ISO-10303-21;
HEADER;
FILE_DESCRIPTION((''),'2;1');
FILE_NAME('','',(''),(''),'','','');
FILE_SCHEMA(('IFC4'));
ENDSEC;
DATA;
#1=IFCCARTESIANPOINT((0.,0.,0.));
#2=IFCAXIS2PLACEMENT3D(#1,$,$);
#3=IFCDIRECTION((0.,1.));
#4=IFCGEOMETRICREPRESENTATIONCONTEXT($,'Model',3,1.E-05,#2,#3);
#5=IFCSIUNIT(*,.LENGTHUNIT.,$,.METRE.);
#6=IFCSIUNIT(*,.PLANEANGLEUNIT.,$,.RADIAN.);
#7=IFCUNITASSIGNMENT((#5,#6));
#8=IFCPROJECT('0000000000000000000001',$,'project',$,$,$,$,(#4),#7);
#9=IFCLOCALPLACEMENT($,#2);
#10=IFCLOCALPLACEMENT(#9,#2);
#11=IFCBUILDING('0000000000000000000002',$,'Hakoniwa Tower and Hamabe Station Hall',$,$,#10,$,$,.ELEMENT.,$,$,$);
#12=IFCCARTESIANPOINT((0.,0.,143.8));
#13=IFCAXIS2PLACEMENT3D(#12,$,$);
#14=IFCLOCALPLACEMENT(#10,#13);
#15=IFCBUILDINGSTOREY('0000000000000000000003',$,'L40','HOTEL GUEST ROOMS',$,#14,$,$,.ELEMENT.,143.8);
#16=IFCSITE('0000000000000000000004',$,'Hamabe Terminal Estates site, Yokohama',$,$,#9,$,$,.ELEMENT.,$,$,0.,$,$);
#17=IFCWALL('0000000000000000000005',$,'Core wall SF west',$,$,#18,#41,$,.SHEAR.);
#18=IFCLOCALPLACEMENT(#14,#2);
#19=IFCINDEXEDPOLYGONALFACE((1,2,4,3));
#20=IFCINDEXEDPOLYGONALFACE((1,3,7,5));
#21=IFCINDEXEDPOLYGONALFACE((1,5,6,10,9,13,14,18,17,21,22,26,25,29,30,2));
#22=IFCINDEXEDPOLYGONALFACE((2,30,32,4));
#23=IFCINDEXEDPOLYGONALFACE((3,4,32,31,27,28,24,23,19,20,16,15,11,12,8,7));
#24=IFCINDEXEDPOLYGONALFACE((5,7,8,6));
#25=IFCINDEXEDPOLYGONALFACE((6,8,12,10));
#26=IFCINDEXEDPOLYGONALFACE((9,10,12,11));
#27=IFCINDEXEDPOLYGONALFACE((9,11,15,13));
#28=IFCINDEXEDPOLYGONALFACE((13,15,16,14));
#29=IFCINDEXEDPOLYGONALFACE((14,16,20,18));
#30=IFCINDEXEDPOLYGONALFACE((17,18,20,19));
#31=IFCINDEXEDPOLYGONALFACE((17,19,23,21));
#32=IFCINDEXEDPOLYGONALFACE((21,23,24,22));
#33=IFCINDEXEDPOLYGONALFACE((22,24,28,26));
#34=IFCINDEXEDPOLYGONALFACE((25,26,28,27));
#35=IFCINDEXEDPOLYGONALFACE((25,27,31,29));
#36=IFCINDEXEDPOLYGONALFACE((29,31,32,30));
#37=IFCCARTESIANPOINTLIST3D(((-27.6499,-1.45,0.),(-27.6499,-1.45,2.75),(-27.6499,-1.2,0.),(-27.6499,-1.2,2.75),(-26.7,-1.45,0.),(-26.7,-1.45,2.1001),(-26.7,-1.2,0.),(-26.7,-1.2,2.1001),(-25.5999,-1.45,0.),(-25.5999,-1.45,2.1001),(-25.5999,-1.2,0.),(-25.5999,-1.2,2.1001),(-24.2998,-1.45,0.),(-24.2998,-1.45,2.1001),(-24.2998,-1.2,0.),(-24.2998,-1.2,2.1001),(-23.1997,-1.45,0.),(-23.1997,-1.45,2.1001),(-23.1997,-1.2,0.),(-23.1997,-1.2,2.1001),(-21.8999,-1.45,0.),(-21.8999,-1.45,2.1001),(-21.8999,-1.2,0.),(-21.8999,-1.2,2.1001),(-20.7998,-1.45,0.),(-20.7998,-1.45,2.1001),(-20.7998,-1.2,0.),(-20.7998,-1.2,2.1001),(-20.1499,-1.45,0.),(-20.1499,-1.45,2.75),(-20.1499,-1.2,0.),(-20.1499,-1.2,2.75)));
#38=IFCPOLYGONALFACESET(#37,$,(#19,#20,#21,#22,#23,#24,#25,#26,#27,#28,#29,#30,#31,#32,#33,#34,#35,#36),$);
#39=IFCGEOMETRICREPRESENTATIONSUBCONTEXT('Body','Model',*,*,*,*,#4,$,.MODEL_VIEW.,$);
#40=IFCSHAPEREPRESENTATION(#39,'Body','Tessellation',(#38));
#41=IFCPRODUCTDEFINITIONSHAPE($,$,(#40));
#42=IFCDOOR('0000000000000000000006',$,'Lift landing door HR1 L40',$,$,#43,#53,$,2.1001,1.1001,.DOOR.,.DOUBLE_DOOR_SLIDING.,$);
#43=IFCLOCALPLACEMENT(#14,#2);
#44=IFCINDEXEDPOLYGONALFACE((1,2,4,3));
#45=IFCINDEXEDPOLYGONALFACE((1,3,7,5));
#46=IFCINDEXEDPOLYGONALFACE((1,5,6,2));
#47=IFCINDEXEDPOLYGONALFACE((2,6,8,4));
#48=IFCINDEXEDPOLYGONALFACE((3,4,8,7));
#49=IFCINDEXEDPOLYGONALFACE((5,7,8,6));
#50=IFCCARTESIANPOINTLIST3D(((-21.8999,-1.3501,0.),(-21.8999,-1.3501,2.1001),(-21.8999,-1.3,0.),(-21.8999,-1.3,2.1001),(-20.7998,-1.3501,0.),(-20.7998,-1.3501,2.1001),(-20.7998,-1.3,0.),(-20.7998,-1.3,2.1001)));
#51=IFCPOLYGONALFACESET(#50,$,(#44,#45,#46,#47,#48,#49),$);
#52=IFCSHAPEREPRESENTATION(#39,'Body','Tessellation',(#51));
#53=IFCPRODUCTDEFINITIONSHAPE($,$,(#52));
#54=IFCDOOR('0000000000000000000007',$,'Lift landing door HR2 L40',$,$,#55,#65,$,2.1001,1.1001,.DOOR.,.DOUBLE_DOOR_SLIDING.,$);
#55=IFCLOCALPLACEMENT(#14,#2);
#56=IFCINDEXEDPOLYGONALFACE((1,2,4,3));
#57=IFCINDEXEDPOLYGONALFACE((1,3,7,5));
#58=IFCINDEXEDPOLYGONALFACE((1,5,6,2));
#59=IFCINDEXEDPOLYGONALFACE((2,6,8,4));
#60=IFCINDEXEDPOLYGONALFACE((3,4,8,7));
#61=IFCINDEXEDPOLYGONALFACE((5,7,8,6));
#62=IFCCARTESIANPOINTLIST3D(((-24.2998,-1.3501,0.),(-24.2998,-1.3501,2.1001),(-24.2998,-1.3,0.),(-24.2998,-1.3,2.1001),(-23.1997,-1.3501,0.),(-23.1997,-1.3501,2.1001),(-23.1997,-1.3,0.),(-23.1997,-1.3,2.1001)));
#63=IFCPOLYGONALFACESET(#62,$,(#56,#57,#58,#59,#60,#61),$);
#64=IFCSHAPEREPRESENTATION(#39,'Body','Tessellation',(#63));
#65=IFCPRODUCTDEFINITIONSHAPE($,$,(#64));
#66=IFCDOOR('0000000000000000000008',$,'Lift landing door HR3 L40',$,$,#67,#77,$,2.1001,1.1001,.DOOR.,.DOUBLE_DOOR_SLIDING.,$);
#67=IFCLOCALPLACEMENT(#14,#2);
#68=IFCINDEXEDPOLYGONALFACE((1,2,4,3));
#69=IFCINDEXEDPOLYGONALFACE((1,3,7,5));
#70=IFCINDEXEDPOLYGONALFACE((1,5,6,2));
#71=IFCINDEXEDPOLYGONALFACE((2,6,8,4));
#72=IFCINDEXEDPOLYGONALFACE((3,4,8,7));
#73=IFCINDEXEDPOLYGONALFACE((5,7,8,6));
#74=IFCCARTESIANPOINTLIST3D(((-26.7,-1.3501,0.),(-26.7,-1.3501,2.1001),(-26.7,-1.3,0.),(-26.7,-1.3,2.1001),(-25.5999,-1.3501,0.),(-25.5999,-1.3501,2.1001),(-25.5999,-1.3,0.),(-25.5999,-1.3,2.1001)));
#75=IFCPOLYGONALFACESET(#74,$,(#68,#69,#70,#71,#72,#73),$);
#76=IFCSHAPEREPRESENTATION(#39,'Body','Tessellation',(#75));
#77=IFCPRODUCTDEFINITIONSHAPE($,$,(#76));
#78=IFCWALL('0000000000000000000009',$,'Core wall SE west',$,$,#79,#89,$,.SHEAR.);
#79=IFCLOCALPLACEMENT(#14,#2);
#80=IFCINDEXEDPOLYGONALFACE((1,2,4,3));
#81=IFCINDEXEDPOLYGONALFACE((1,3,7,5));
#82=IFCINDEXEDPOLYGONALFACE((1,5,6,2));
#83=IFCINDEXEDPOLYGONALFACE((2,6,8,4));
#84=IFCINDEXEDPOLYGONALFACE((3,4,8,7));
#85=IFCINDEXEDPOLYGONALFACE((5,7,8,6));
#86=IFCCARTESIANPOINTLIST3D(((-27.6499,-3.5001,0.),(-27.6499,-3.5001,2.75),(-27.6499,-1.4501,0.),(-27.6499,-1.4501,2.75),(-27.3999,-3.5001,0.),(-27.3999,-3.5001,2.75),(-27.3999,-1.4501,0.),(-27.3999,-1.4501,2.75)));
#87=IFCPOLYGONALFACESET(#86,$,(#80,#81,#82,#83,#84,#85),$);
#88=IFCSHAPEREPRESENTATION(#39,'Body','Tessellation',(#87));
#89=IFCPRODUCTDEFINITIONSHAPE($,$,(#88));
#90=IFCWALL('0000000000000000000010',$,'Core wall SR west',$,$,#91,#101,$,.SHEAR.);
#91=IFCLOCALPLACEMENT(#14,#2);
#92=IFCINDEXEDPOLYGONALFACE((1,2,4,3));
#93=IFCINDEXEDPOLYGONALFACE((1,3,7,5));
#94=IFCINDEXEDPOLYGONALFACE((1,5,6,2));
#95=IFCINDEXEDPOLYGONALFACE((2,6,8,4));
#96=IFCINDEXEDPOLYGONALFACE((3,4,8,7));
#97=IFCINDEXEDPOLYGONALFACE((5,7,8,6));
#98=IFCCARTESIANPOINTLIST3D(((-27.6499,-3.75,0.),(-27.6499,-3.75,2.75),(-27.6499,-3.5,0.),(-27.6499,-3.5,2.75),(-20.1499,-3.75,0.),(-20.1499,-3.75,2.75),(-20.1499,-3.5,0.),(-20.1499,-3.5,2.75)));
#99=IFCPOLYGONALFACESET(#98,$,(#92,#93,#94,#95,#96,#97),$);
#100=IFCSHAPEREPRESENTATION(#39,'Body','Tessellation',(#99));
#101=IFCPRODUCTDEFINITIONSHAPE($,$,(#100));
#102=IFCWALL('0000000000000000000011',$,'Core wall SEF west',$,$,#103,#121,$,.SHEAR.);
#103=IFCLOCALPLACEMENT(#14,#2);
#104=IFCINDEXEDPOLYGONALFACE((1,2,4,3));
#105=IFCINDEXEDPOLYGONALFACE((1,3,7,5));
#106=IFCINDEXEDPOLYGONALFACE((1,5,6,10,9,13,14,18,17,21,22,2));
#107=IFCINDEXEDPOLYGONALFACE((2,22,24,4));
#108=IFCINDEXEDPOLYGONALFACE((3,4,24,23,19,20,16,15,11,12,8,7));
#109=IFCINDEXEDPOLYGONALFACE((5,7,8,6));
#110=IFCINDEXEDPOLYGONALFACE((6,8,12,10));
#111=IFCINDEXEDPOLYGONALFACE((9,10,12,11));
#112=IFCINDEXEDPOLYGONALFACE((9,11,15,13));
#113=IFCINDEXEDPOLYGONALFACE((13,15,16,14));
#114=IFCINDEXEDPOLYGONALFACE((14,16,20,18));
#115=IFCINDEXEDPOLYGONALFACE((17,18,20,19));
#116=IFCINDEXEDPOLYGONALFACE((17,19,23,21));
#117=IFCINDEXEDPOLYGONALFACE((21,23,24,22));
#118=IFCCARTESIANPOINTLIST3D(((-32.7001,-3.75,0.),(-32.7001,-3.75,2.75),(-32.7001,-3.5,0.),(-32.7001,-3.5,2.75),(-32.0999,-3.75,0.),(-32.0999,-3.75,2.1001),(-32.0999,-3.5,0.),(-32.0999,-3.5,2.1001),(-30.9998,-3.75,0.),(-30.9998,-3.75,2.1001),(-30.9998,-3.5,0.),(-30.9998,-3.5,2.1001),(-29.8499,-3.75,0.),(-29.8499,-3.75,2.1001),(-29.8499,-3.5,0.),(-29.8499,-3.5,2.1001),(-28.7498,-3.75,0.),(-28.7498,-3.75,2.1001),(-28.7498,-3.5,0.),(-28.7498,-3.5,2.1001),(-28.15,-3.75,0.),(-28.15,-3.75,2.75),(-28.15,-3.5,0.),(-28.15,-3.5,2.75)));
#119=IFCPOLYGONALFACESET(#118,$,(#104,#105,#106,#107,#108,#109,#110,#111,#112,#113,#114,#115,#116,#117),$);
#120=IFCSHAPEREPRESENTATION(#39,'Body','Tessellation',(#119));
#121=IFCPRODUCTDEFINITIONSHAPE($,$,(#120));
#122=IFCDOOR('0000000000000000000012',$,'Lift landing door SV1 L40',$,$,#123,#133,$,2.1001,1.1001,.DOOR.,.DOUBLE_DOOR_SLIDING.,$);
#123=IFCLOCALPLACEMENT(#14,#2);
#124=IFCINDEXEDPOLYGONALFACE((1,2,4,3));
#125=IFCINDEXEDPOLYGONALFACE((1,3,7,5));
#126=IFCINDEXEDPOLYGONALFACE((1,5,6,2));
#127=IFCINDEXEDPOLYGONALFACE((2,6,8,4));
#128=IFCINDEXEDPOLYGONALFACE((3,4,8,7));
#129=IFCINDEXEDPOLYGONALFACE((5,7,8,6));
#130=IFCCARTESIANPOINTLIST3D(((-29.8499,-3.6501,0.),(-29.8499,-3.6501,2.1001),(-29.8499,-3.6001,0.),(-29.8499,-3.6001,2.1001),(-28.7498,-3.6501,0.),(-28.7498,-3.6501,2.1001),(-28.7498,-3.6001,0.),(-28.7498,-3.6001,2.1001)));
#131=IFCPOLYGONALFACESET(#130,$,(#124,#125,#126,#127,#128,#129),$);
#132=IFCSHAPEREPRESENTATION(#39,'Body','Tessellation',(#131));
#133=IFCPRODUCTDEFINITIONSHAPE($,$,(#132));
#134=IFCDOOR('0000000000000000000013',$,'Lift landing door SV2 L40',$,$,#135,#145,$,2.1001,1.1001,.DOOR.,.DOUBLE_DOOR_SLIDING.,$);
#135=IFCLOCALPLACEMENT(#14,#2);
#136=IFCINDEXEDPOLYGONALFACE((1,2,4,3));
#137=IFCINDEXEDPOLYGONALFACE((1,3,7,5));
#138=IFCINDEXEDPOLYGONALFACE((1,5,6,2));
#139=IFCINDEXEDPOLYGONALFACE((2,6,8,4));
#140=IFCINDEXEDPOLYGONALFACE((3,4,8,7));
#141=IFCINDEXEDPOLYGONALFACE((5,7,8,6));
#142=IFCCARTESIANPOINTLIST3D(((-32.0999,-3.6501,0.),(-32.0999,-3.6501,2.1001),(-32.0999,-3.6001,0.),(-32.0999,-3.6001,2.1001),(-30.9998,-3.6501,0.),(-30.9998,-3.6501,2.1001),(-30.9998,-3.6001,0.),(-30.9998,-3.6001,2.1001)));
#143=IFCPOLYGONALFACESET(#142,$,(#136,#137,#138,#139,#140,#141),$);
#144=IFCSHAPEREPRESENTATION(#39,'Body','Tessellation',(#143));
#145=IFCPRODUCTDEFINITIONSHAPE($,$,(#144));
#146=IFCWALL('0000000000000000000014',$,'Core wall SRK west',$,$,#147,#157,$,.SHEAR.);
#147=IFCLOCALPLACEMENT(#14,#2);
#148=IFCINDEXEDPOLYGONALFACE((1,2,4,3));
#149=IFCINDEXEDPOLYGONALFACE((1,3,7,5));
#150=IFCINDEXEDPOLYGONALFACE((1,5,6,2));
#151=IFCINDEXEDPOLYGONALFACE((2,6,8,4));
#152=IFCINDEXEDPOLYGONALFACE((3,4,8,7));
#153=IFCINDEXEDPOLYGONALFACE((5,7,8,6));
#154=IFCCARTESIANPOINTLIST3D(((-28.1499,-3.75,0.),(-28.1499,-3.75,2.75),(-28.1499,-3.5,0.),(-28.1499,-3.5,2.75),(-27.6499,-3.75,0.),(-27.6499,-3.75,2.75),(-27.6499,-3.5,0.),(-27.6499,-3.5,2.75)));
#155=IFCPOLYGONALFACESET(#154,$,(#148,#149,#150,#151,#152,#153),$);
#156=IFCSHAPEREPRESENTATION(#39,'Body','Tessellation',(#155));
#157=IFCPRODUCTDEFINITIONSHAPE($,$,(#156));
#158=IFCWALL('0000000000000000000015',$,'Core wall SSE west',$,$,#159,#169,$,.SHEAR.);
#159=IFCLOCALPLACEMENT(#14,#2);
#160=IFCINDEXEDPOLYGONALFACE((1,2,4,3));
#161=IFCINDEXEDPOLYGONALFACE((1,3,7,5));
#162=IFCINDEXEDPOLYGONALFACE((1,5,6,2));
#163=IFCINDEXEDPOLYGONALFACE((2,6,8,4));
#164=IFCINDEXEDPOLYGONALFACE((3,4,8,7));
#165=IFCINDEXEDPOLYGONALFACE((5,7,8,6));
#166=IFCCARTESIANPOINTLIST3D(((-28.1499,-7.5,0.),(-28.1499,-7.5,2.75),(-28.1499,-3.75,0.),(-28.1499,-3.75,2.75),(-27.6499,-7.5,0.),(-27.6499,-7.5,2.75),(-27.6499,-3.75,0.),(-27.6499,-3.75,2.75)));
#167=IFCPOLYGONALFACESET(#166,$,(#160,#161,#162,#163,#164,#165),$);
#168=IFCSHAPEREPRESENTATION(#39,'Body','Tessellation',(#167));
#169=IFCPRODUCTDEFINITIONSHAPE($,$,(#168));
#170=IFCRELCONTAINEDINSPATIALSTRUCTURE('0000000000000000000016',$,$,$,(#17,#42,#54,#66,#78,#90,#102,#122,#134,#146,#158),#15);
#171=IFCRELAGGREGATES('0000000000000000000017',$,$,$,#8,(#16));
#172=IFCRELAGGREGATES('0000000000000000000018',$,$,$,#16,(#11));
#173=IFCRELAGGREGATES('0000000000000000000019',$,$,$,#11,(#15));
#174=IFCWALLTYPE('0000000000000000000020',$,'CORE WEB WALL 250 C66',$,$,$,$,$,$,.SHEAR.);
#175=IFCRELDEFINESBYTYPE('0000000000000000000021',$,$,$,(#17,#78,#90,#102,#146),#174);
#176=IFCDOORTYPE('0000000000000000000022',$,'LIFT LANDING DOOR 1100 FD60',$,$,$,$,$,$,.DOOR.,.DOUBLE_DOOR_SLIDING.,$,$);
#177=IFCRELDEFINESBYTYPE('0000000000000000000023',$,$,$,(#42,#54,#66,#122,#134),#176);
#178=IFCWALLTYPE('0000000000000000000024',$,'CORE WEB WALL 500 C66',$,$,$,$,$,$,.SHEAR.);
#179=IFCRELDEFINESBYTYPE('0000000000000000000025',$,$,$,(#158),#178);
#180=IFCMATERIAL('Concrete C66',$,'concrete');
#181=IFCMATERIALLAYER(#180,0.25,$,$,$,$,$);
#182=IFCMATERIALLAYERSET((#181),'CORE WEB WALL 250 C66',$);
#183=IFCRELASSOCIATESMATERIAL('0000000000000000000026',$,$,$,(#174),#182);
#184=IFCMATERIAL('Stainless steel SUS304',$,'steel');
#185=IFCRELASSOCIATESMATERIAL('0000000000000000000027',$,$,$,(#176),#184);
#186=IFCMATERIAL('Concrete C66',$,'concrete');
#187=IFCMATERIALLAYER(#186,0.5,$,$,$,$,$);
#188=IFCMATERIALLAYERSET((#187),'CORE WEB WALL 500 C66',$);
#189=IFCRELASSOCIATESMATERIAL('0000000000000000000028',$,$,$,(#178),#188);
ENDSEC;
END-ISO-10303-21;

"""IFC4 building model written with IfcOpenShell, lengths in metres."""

from ifc_helpers import new_model, si_unit, direction, frame, frame_2d, origin, place, context, subcontext, project, spatial, rectangle, extrude, material, layer, layer_set, type_object, element, fill, save


model = new_model("IFC4")

# Units and contexts
model_context = context("Model", 3, precision=1e-05, world=origin(), true_north=direction((0.0, 1.0)))
body_context = subcontext(model_context, "Body", "Model", "MODEL_VIEW")
ifc_project = project(units=[si_unit("LENGTHUNIT", "METRE"), si_unit("PLANEANGLEUNIT", "RADIAN")], contexts=[model_context])

# Site, building, storey
site_placement = place(None, origin())
site = spatial("IfcSite", under=ifc_project, at=site_placement, Name="Hamabe Terminal Estates site, Yokohama", CompositionType="ELEMENT", RefElevation=0.0)
building_placement = place(site_placement, origin())
building = spatial("IfcBuilding", under=site, at=building_placement, Name="Hakoniwa Tower and Hamabe Station Hall", CompositionType="ELEMENT")
storey_placement = place(building_placement, frame((0.0, 0.0, 143.8)))
storey = spatial("IfcBuildingStorey", under=building, at=storey_placement, Name="L40", Description="HOTEL GUEST ROOMS", CompositionType="ELEMENT", Elevation=143.8)

# Wall, openings, doors
ifc_material_1 = material(Name="Concrete C66", Category="concrete")
ifc_layer_1 = layer(ifc_material_1, 0.25)
ifc_layer_set_1 = layer_set([ifc_layer_1], Name="CORE WEB WALL 250 C66")
wall_type_1 = type_object("IfcWallType", Name="CORE WEB WALL 250 C66", PredefinedType="SHEAR", material=ifc_layer_set_1)
wall_1_placement = place(storey_placement, frame((-27.6499, -1.325, 0.0), z_axis=(0.0, 0.0, 1.0), x_axis=(1.0, 0.0, 0.0)))
wall_1 = element("IfcWall", 1, at=wall_1_placement, inside=storey, type_object=wall_type_1, Name="Core wall SF west", PredefinedType="SHEAR", context=body_context, shape_type="SweptSolid", body=[
    extrude(rectangle(XDim=7.5, YDim=0.25, at=frame_2d((3.75, 0.0))), origin(), (0.0, 0.0, 1.0), 2.75),
])
opening_1_placement = place(wall_1_placement, frame((5.75, 0.0, 0.0)))
opening_1 = element("IfcOpeningElement", 2, at=opening_1_placement, cuts=wall_1, PredefinedType="OPENING", context=body_context, shape_type="SweptSolid", body=[
    extrude(rectangle(XDim=1.1001, YDim=2.1001, at=frame_2d((0.55, 1.05))), frame((0.0, 0.135, 0.0), z_axis=(0.0, -1.0, 0.0), x_axis=(1.0, 0.0, 0.0)), (0.0, 0.0, 1.0), 0.27),
])
opening_2_placement = place(wall_1_placement, frame((3.3501, 0.0, 0.0)))
opening_2 = element("IfcOpeningElement", 3, at=opening_2_placement, cuts=wall_1, PredefinedType="OPENING", context=body_context, shape_type="SweptSolid", body=[
    extrude(rectangle(XDim=1.1001, YDim=2.1001, at=frame_2d((0.55, 1.05))), frame((0.0, 0.135, 0.0), z_axis=(0.0, -1.0, 0.0), x_axis=(1.0, 0.0, 0.0)), (0.0, 0.0, 1.0), 0.27),
])
opening_3_placement = place(wall_1_placement, frame((0.95, 0.0, 0.0)))
opening_3 = element("IfcOpeningElement", 4, at=opening_3_placement, cuts=wall_1, PredefinedType="OPENING", context=body_context, shape_type="SweptSolid", body=[
    extrude(rectangle(XDim=1.1001, YDim=2.1001, at=frame_2d((0.55, 1.05))), frame((0.0, 0.135, 0.0), z_axis=(0.0, -1.0, 0.0), x_axis=(1.0, 0.0, 0.0)), (0.0, 0.0, 1.0), 0.27),
])
ifc_material_2 = material(Name="Stainless steel SUS304", Category="steel")
door_type_1 = type_object("IfcDoorType", Name="LIFT LANDING DOOR 1100 FD60", OperationType="DOUBLE_DOOR_SLIDING", PredefinedType="DOOR", material=ifc_material_2)
door_1_placement = place(opening_1_placement, origin())
door_1 = element("IfcDoor", 5, at=door_1_placement, inside=storey, type_object=door_type_1, Name="Lift landing door HR1 L40", OperationType="DOUBLE_DOOR_SLIDING", OverallHeight=2.1001, OverallWidth=1.1001, PredefinedType="DOOR", context=body_context, shape_type="SweptSolid", body=[
    extrude(rectangle(XDim=1.1001, YDim=2.1001, at=frame_2d((0.55, 1.05))), frame((0.0, 0.0249, 0.0), z_axis=(0.0, -1.0, 0.0), x_axis=(1.0, 0.0, 0.0)), (0.0, 0.0, 1.0), 0.05),
])
fill(opening_1, door_1)
door_2_placement = place(opening_2_placement, origin())
door_2 = element("IfcDoor", 6, at=door_2_placement, inside=storey, type_object=door_type_1, Name="Lift landing door HR2 L40", OperationType="DOUBLE_DOOR_SLIDING", OverallHeight=2.1001, OverallWidth=1.1001, PredefinedType="DOOR", context=body_context, shape_type="SweptSolid", body=[
    extrude(rectangle(XDim=1.1001, YDim=2.1001, at=frame_2d((0.55, 1.05))), frame((0.0, 0.0249, 0.0), z_axis=(0.0, -1.0, 0.0), x_axis=(1.0, 0.0, 0.0)), (0.0, 0.0, 1.0), 0.05),
])
fill(opening_2, door_2)
door_3_placement = place(opening_3_placement, origin())
door_3 = element("IfcDoor", 7, at=door_3_placement, inside=storey, type_object=door_type_1, Name="Lift landing door HR3 L40", OperationType="DOUBLE_DOOR_SLIDING", OverallHeight=2.1001, OverallWidth=1.1001, PredefinedType="DOOR", context=body_context, shape_type="SweptSolid", body=[
    extrude(rectangle(XDim=1.1001, YDim=2.1001, at=frame_2d((0.55, 1.05))), frame((0.0, 0.0249, 0.0), z_axis=(0.0, -1.0, 0.0), x_axis=(1.0, 0.0, 0.0)), (0.0, 0.0, 1.0), 0.05),
])
fill(opening_3, door_3)

# Walls
wall_2_placement = place(storey_placement, frame((-27.5249, -3.5, 0.0), z_axis=(0.0, 0.0, 1.0), x_axis=(0.0, 1.0, 0.0)))
element("IfcWall", 8, at=wall_2_placement, inside=storey, type_object=wall_type_1, Name="Core wall SE west", PredefinedType="SHEAR", context=body_context, shape_type="SweptSolid", body=[
    extrude(rectangle(XDim=2.05, YDim=0.25, at=frame_2d((1.0249, 0.0))), origin(), (0.0, 0.0, 1.0), 2.75),
])
wall_3_placement = place(storey_placement, frame((-27.6499, -3.625, 0.0), z_axis=(0.0, 0.0, 1.0), x_axis=(1.0, 0.0, 0.0)))
element("IfcWall", 9, at=wall_3_placement, inside=storey, type_object=wall_type_1, Name="Core wall SR west", PredefinedType="SHEAR", context=body_context, shape_type="SweptSolid", body=[
    extrude(rectangle(XDim=7.5, YDim=0.25, at=frame_2d((3.75, 0.0))), origin(), (0.0, 0.0, 1.0), 2.75),
])

# Wall, openings, doors
wall_4_placement = place(storey_placement, frame((-32.7, -3.625, 0.0), z_axis=(0.0, 0.0, 1.0), x_axis=(1.0, 0.0, 0.0)))
wall_4 = element("IfcWall", 10, at=wall_4_placement, inside=storey, type_object=wall_type_1, Name="Core wall SEF west", PredefinedType="SHEAR", context=body_context, shape_type="SweptSolid", body=[
    extrude(rectangle(XDim=4.55, YDim=0.25, at=frame_2d((2.2749, 0.0))), origin(), (0.0, 0.0, 1.0), 2.75),
])
opening_4_placement = place(wall_4_placement, frame((2.8501, 0.0, 0.0)))
opening_4 = element("IfcOpeningElement", 11, at=opening_4_placement, cuts=wall_4, PredefinedType="OPENING", context=body_context, shape_type="SweptSolid", body=[
    extrude(rectangle(XDim=1.1001, YDim=2.1001, at=frame_2d((0.55, 1.05))), frame((0.0, 0.135, 0.0), z_axis=(0.0, -1.0, 0.0), x_axis=(1.0, 0.0, 0.0)), (0.0, 0.0, 1.0), 0.27),
])
opening_5_placement = place(wall_4_placement, frame((0.6001, 0.0, 0.0)))
opening_5 = element("IfcOpeningElement", 12, at=opening_5_placement, cuts=wall_4, PredefinedType="OPENING", context=body_context, shape_type="SweptSolid", body=[
    extrude(rectangle(XDim=1.1001, YDim=2.1001, at=frame_2d((0.55, 1.05))), frame((0.0, 0.135, 0.0), z_axis=(0.0, -1.0, 0.0), x_axis=(1.0, 0.0, 0.0)), (0.0, 0.0, 1.0), 0.27),
])
door_4_placement = place(opening_4_placement, origin())
door_4 = element("IfcDoor", 13, at=door_4_placement, inside=storey, type_object=door_type_1, Name="Lift landing door SV1 L40", OperationType="DOUBLE_DOOR_SLIDING", OverallHeight=2.1001, OverallWidth=1.1001, PredefinedType="DOOR", context=body_context, shape_type="SweptSolid", body=[
    extrude(rectangle(XDim=1.1001, YDim=2.1001, at=frame_2d((0.55, 1.05))), frame((0.0, 0.0249, 0.0), z_axis=(0.0, -1.0, 0.0), x_axis=(1.0, 0.0, 0.0)), (0.0, 0.0, 1.0), 0.05),
])
fill(opening_4, door_4)
door_5_placement = place(opening_5_placement, origin())
door_5 = element("IfcDoor", 14, at=door_5_placement, inside=storey, type_object=door_type_1, Name="Lift landing door SV2 L40", OperationType="DOUBLE_DOOR_SLIDING", OverallHeight=2.1001, OverallWidth=1.1001, PredefinedType="DOOR", context=body_context, shape_type="SweptSolid", body=[
    extrude(rectangle(XDim=1.1001, YDim=2.1001, at=frame_2d((0.55, 1.05))), frame((0.0, 0.0249, 0.0), z_axis=(0.0, -1.0, 0.0), x_axis=(1.0, 0.0, 0.0)), (0.0, 0.0, 1.0), 0.05),
])
fill(opening_5, door_5)

# Walls
wall_5_placement = place(storey_placement, frame((-28.1499, -3.625, 0.0), z_axis=(0.0, 0.0, 1.0), x_axis=(1.0, 0.0, 0.0)))
element("IfcWall", 15, at=wall_5_placement, inside=storey, type_object=wall_type_1, Name="Core wall SRK west", PredefinedType="SHEAR", context=body_context, shape_type="SweptSolid", body=[
    extrude(rectangle(XDim=0.5, YDim=0.25, at=frame_2d((0.25, 0.0))), origin(), (0.0, 0.0, 1.0), 2.75),
])
ifc_material_3 = material(Name="Concrete C66", Category="concrete")
ifc_layer_2 = layer(ifc_material_3, 0.5)
ifc_layer_set_2 = layer_set([ifc_layer_2], Name="CORE WEB WALL 500 C66")
wall_type_2 = type_object("IfcWallType", Name="CORE WEB WALL 500 C66", PredefinedType="SHEAR", material=ifc_layer_set_2)
wall_6_placement = place(storey_placement, frame((-27.8999, -7.5, 0.0), z_axis=(0.0, 0.0, 1.0), x_axis=(0.0, 1.0, 0.0)))
element("IfcWall", 16, at=wall_6_placement, inside=storey, type_object=wall_type_2, Name="Core wall SSE west", PredefinedType="SHEAR", context=body_context, shape_type="SweptSolid", body=[
    extrude(rectangle(XDim=3.75, YDim=0.5, at=frame_2d((1.875, 0.0))), origin(), (0.0, 0.0, 1.0), 2.75),
])

save(model, "model.ifc")
